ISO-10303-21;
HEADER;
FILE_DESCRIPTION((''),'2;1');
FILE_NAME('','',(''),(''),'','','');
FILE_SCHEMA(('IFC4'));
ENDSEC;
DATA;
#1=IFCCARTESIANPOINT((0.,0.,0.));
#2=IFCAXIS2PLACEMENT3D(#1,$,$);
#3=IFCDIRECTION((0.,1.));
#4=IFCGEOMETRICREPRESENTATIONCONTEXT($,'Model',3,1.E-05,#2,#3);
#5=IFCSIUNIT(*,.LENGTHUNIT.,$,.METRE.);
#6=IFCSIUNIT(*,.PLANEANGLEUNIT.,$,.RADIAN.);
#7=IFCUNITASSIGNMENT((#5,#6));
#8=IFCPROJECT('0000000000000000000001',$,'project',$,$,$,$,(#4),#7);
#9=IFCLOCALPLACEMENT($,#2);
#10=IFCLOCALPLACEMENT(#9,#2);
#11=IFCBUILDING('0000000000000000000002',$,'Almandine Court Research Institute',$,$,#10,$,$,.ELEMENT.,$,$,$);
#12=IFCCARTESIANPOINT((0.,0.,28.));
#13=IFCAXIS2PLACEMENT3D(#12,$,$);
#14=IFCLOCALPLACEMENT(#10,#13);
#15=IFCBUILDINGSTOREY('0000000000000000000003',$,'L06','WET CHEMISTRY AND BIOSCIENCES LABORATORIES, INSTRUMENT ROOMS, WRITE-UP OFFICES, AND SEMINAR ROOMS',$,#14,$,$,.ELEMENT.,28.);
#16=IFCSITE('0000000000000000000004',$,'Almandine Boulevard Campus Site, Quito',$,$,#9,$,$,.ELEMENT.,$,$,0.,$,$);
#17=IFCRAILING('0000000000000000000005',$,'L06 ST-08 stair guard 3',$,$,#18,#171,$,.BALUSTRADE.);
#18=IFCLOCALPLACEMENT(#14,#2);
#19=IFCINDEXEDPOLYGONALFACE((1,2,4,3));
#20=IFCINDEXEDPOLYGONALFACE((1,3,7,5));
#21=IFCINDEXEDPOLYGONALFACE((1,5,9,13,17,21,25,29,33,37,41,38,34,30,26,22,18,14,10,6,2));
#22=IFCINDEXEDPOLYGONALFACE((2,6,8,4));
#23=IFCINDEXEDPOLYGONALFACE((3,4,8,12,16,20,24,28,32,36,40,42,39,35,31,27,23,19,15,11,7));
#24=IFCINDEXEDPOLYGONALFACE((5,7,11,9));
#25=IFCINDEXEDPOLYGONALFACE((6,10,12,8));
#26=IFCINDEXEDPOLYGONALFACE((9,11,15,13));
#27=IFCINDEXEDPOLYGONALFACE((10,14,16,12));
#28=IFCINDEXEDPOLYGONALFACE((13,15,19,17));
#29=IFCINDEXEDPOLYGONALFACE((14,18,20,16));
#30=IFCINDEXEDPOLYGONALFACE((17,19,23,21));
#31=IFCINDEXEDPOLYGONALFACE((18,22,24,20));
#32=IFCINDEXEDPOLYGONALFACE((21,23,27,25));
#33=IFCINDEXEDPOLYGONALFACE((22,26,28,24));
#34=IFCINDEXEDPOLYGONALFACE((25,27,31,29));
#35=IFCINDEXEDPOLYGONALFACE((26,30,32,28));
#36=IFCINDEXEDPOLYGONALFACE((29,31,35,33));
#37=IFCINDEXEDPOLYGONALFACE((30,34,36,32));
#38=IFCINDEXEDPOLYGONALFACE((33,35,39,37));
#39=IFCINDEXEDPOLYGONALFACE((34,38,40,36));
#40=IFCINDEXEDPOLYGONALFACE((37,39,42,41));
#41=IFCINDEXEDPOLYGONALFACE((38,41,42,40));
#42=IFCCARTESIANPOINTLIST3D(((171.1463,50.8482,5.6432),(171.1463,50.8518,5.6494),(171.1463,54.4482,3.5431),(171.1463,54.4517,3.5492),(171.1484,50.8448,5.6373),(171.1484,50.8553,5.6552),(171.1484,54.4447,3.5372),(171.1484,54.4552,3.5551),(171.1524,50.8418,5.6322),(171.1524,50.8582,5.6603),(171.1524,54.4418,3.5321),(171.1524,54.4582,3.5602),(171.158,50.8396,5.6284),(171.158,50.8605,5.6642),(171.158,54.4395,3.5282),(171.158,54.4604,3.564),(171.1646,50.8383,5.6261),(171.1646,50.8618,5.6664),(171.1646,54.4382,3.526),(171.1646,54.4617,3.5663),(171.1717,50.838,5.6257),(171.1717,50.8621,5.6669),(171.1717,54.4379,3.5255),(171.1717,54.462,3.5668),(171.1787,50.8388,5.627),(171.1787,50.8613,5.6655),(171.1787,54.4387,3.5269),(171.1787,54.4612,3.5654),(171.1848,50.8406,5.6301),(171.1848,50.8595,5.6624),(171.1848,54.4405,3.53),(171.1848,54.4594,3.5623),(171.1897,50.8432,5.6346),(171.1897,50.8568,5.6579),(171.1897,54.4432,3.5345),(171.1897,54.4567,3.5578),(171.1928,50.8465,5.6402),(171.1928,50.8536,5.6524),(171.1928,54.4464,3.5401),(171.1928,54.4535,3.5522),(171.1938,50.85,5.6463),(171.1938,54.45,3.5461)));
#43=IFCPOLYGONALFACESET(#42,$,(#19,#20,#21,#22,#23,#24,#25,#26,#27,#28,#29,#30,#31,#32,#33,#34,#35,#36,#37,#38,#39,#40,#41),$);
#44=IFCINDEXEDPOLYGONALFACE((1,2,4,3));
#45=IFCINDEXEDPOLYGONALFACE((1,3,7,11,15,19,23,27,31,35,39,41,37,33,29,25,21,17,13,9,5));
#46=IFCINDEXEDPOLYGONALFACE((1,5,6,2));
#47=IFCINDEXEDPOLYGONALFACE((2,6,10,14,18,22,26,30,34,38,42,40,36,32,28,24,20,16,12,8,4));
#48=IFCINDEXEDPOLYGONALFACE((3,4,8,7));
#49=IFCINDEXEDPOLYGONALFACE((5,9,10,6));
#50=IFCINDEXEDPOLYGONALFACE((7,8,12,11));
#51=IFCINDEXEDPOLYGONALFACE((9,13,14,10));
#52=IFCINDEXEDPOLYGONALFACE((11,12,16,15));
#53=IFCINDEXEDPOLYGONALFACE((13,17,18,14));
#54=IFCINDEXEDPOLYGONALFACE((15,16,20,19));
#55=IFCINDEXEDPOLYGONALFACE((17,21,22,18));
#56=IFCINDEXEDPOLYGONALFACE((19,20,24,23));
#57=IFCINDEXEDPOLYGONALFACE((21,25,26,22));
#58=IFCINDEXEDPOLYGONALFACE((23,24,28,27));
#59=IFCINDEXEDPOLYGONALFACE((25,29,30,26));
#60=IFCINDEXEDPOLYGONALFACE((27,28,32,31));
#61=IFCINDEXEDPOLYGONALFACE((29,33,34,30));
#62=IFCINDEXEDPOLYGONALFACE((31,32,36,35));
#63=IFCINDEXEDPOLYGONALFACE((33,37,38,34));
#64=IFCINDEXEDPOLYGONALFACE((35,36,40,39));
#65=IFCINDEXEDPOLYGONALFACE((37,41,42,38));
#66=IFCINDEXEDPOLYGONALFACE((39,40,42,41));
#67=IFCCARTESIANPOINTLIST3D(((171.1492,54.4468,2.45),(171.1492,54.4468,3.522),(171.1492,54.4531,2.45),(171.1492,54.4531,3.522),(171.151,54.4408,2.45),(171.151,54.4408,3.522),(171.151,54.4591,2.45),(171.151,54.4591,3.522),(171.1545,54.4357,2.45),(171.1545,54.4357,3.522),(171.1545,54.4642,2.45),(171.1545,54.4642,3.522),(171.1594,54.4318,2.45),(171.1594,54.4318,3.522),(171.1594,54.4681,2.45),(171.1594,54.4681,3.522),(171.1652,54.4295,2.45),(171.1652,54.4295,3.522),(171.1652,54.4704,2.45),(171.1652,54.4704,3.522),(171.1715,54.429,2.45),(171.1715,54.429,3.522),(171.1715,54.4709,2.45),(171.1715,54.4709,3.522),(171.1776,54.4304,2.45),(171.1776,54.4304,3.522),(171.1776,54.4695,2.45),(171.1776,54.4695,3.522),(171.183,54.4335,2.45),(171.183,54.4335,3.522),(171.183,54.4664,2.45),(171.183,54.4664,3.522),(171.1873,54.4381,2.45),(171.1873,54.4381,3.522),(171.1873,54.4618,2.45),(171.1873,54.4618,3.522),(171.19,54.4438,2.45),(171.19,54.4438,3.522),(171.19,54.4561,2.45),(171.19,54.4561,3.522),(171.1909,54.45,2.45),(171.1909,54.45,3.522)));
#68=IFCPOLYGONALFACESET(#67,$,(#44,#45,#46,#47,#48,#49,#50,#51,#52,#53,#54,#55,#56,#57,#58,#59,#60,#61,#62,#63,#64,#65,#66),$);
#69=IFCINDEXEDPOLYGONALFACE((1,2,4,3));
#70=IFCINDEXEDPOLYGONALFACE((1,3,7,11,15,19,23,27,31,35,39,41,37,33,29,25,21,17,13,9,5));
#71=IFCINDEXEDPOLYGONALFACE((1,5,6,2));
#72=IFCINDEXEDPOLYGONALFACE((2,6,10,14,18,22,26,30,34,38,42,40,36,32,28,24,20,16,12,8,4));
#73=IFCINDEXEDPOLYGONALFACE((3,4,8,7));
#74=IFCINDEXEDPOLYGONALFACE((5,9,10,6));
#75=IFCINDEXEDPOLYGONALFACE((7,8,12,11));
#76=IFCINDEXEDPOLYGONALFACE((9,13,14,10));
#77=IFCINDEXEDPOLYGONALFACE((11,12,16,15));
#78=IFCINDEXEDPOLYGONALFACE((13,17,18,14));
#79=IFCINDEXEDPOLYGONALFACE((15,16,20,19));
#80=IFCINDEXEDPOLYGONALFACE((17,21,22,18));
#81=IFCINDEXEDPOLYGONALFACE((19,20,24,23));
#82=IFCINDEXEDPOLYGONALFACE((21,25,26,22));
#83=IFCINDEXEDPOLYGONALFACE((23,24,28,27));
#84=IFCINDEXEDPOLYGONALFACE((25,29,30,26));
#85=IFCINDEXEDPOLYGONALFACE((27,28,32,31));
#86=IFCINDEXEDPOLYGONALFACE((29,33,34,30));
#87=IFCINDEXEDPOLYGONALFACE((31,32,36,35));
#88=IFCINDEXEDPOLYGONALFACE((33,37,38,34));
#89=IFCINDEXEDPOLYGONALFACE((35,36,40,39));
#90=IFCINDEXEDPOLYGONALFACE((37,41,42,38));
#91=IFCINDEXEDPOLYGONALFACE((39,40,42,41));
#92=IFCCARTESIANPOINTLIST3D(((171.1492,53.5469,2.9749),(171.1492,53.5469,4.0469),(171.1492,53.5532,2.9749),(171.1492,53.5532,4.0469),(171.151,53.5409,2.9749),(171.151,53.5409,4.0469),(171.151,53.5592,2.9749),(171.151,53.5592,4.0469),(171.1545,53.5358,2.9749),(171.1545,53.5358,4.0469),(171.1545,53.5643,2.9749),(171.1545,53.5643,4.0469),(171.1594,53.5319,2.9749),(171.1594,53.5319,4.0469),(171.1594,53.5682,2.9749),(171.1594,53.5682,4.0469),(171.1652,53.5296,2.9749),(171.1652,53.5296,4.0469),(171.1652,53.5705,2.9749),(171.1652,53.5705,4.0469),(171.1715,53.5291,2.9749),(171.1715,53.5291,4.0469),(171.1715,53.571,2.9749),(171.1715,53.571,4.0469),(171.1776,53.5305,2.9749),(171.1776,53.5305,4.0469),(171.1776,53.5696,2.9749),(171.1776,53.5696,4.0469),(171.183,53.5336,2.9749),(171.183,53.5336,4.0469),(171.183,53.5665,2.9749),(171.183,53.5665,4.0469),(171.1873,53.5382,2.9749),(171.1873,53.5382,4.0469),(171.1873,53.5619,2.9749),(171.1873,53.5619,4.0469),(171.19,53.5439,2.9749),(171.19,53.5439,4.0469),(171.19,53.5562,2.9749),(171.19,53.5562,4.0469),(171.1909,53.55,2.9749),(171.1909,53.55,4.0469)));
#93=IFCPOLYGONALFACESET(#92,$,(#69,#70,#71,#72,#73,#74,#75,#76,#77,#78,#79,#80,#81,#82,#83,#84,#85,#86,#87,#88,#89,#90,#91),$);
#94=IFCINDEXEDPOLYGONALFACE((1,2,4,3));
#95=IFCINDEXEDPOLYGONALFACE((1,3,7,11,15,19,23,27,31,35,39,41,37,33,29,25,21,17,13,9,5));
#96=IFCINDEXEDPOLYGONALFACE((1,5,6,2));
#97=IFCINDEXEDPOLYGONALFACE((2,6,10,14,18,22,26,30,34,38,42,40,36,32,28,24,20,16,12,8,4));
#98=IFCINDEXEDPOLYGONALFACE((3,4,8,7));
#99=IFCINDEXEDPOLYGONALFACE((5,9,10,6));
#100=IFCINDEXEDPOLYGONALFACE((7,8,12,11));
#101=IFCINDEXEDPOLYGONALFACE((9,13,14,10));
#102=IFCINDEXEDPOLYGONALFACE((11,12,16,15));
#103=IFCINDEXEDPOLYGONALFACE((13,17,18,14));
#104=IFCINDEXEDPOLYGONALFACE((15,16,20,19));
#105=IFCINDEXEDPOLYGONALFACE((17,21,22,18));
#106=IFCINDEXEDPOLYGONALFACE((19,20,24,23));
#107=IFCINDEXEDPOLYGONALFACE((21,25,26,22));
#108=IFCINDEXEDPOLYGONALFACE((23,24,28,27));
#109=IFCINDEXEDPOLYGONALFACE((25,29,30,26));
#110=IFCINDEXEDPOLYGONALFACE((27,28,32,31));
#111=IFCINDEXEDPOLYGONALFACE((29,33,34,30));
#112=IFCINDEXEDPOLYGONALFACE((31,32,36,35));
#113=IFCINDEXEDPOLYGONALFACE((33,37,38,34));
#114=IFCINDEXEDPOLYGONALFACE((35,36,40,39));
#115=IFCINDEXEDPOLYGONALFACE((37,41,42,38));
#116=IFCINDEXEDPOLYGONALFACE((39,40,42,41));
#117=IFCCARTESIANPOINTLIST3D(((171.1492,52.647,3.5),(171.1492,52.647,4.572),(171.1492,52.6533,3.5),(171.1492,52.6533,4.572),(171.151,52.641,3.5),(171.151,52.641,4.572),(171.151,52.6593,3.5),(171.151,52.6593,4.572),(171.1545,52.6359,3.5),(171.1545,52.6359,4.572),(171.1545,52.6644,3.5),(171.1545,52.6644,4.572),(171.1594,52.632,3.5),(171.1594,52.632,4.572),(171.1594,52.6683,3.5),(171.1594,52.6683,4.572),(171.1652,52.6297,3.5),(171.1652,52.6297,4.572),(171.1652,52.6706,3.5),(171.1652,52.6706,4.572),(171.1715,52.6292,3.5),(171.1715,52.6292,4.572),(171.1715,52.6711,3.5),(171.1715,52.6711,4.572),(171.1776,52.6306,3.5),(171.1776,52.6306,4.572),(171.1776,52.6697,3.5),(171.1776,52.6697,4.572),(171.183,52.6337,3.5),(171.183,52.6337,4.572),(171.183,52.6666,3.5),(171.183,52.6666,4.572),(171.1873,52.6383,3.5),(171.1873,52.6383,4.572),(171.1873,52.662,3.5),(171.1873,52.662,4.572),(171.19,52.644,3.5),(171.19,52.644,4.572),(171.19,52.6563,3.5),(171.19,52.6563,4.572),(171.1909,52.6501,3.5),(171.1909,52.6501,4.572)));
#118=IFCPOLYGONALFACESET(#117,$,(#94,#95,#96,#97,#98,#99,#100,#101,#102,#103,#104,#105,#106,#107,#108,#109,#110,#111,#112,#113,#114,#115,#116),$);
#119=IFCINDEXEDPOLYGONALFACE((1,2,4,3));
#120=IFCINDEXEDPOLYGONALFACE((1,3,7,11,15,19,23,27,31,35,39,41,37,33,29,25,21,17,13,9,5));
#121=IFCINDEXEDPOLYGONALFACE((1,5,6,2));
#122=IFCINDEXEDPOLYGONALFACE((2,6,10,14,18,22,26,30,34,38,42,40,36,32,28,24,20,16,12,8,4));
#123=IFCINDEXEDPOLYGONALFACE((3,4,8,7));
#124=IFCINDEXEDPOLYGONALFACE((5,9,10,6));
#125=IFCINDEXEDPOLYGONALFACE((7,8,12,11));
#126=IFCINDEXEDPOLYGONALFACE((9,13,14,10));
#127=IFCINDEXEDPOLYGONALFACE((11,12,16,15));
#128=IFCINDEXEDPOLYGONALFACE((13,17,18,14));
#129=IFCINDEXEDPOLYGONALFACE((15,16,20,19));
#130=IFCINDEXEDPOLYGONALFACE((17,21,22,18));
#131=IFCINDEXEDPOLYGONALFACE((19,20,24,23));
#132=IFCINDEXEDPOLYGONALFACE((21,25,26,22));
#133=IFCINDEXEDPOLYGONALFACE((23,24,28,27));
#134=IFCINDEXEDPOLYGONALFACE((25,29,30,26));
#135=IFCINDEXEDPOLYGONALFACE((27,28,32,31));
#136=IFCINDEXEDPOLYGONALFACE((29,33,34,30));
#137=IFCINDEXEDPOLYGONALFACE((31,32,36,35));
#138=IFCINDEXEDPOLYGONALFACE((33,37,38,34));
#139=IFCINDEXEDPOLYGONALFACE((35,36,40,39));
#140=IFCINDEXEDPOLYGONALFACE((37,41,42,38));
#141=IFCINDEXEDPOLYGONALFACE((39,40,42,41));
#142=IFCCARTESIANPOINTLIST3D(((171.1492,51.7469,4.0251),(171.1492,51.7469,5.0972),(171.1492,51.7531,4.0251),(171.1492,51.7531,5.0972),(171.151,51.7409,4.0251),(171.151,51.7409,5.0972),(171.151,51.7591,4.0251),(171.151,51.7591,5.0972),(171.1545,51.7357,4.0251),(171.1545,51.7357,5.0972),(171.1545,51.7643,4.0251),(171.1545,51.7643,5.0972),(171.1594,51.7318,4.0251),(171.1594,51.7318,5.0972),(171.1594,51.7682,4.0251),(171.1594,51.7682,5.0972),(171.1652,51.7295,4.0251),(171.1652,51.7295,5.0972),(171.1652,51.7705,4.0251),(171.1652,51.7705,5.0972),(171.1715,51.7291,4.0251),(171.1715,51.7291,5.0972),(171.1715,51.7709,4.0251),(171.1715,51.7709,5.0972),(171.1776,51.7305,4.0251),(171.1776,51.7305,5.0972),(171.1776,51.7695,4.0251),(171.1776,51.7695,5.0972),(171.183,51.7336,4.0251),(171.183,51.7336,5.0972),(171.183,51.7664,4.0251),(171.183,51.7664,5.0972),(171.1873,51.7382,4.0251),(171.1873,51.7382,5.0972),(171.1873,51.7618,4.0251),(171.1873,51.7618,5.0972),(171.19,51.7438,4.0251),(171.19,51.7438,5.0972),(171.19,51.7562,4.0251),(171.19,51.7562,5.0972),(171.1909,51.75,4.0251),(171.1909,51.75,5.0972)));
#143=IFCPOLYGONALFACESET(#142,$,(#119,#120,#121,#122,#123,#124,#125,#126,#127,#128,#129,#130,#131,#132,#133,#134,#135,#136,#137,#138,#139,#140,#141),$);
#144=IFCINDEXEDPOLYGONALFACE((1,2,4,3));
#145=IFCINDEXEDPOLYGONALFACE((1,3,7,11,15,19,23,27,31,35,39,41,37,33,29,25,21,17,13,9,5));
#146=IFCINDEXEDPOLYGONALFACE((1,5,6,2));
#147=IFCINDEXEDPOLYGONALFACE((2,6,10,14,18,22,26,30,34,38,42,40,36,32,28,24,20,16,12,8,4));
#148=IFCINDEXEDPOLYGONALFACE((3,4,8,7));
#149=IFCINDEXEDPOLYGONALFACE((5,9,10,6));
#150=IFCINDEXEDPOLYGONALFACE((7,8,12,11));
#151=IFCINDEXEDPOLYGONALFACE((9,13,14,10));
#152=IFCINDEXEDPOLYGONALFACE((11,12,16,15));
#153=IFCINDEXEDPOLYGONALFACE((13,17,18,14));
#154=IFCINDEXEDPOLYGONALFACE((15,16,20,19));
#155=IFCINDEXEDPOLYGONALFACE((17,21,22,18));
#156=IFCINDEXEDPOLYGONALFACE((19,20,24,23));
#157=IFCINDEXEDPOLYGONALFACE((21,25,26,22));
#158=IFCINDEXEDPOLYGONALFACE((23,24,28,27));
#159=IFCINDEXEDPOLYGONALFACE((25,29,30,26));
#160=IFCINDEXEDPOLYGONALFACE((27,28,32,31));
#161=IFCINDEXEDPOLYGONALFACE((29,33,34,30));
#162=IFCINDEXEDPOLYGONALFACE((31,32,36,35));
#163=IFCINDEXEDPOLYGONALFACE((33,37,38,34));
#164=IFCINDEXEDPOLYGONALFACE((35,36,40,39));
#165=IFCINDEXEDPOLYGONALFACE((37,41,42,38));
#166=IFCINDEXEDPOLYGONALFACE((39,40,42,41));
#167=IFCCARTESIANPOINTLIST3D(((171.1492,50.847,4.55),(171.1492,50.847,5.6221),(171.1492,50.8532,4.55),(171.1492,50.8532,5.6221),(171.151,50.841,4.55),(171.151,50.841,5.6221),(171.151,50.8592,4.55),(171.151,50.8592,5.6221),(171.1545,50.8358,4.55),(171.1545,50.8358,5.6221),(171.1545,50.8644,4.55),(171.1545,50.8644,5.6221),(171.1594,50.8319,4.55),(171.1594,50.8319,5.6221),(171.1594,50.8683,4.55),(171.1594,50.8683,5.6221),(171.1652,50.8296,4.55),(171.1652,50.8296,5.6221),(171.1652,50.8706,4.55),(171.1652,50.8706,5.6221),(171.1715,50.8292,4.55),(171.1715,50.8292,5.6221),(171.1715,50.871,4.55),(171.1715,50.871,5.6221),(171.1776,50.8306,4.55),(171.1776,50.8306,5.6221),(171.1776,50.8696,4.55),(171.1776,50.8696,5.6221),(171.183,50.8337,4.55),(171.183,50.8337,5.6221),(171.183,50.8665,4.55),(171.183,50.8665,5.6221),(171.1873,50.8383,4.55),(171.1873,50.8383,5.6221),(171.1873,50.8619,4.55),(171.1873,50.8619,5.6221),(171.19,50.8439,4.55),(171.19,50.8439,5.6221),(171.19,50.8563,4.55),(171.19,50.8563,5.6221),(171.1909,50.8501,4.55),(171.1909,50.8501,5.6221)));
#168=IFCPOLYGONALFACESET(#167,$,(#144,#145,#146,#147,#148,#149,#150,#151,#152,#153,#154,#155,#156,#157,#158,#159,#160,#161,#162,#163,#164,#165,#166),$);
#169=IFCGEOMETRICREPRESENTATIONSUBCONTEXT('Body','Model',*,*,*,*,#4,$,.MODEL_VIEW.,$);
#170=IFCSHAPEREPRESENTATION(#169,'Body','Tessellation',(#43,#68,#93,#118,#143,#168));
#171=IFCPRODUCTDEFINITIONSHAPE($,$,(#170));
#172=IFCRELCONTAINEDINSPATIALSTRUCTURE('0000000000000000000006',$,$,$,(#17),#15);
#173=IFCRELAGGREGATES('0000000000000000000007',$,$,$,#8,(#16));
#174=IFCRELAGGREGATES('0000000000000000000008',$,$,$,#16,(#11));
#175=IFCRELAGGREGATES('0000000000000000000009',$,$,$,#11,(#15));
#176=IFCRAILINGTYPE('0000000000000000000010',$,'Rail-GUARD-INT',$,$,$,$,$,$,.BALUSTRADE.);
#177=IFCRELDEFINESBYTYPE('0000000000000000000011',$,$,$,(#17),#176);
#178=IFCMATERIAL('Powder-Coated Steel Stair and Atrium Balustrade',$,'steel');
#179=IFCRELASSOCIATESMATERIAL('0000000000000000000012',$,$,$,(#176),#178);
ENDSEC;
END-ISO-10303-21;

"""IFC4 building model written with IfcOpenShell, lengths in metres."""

from ifc_helpers import new_model, si_unit, direction, frame, origin, origin_2d, place, context, subcontext, project, spatial, circle, extrude, material, type_object, element, save


model = new_model("IFC4")

# Units and contexts
model_context = context("Model", 3, precision=1e-05, world=origin(), true_north=direction((0.0, 1.0)))
body_context = subcontext(model_context, "Body", "Model", "MODEL_VIEW")
ifc_project = project(units=[si_unit("LENGTHUNIT", "METRE"), si_unit("PLANEANGLEUNIT", "RADIAN")], contexts=[model_context])

# Site, building, storey
site_placement = place(None, origin())
site = spatial("IfcSite", under=ifc_project, at=site_placement, Name="Almandine Boulevard Campus Site, Quito", CompositionType="ELEMENT", RefElevation=0.0)
building_placement = place(site_placement, origin())
building = spatial("IfcBuilding", under=site, at=building_placement, Name="Almandine Court Research Institute", CompositionType="ELEMENT")
storey_placement = place(building_placement, frame((0.0, 0.0, 28.0)))
storey = spatial("IfcBuildingStorey", under=building, at=storey_placement, Name="L06", Description="WET CHEMISTRY AND BIOSCIENCES LABORATORIES, INSTRUMENT ROOMS, WRITE-UP OFFICES, AND SEMINAR ROOMS", CompositionType="ELEMENT", Elevation=28.0)

# Railing
ifc_material_1 = material(Name="Powder-Coated Steel Stair and Atrium Balustrade", Category="steel")
railing_type_1 = type_object("IfcRailingType", Name="Rail-GUARD-INT", PredefinedType="BALUSTRADE", material=ifc_material_1)
railing_1_placement = place(storey_placement, frame((171.1699, 54.45, 2.45)))
element("IfcRailing", 1, at=railing_1_placement, inside=storey, type_object=railing_type_1, Name="L06 ST-08 stair guard 3", PredefinedType="BALUSTRADE", context=body_context, shape_type="SweptSolid", body=[
    extrude(circle(Radius=0.0239, at=origin_2d()), frame((0.0, 0.0, 1.0962), z_axis=(0.0, -0.86376, 0.503904), x_axis=(1.0, 0.0, 0.0)), (0.0, 0.0, 1.0), 4.1677),
    extrude(circle(Radius=0.021, at=origin_2d()), origin(), (0.0, 0.0, 1.0), 1.072),
    extrude(circle(Radius=0.021, at=origin_2d()), frame((0.0, -0.8999, 0.5249)), (0.0, 0.0, 1.0), 1.072),
    extrude(circle(Radius=0.021, at=origin_2d()), frame((0.0, -1.7998, 1.05)), (0.0, 0.0, 1.0), 1.072),
    extrude(circle(Radius=0.021, at=origin_2d()), frame((0.0, -2.7, 1.5752)), (0.0, 0.0, 1.0), 1.072),
    extrude(circle(Radius=0.021, at=origin_2d()), frame((0.0, -3.5999, 2.1001)), (0.0, 0.0, 1.0), 1.072),
])

save(model, "model.ifc")
